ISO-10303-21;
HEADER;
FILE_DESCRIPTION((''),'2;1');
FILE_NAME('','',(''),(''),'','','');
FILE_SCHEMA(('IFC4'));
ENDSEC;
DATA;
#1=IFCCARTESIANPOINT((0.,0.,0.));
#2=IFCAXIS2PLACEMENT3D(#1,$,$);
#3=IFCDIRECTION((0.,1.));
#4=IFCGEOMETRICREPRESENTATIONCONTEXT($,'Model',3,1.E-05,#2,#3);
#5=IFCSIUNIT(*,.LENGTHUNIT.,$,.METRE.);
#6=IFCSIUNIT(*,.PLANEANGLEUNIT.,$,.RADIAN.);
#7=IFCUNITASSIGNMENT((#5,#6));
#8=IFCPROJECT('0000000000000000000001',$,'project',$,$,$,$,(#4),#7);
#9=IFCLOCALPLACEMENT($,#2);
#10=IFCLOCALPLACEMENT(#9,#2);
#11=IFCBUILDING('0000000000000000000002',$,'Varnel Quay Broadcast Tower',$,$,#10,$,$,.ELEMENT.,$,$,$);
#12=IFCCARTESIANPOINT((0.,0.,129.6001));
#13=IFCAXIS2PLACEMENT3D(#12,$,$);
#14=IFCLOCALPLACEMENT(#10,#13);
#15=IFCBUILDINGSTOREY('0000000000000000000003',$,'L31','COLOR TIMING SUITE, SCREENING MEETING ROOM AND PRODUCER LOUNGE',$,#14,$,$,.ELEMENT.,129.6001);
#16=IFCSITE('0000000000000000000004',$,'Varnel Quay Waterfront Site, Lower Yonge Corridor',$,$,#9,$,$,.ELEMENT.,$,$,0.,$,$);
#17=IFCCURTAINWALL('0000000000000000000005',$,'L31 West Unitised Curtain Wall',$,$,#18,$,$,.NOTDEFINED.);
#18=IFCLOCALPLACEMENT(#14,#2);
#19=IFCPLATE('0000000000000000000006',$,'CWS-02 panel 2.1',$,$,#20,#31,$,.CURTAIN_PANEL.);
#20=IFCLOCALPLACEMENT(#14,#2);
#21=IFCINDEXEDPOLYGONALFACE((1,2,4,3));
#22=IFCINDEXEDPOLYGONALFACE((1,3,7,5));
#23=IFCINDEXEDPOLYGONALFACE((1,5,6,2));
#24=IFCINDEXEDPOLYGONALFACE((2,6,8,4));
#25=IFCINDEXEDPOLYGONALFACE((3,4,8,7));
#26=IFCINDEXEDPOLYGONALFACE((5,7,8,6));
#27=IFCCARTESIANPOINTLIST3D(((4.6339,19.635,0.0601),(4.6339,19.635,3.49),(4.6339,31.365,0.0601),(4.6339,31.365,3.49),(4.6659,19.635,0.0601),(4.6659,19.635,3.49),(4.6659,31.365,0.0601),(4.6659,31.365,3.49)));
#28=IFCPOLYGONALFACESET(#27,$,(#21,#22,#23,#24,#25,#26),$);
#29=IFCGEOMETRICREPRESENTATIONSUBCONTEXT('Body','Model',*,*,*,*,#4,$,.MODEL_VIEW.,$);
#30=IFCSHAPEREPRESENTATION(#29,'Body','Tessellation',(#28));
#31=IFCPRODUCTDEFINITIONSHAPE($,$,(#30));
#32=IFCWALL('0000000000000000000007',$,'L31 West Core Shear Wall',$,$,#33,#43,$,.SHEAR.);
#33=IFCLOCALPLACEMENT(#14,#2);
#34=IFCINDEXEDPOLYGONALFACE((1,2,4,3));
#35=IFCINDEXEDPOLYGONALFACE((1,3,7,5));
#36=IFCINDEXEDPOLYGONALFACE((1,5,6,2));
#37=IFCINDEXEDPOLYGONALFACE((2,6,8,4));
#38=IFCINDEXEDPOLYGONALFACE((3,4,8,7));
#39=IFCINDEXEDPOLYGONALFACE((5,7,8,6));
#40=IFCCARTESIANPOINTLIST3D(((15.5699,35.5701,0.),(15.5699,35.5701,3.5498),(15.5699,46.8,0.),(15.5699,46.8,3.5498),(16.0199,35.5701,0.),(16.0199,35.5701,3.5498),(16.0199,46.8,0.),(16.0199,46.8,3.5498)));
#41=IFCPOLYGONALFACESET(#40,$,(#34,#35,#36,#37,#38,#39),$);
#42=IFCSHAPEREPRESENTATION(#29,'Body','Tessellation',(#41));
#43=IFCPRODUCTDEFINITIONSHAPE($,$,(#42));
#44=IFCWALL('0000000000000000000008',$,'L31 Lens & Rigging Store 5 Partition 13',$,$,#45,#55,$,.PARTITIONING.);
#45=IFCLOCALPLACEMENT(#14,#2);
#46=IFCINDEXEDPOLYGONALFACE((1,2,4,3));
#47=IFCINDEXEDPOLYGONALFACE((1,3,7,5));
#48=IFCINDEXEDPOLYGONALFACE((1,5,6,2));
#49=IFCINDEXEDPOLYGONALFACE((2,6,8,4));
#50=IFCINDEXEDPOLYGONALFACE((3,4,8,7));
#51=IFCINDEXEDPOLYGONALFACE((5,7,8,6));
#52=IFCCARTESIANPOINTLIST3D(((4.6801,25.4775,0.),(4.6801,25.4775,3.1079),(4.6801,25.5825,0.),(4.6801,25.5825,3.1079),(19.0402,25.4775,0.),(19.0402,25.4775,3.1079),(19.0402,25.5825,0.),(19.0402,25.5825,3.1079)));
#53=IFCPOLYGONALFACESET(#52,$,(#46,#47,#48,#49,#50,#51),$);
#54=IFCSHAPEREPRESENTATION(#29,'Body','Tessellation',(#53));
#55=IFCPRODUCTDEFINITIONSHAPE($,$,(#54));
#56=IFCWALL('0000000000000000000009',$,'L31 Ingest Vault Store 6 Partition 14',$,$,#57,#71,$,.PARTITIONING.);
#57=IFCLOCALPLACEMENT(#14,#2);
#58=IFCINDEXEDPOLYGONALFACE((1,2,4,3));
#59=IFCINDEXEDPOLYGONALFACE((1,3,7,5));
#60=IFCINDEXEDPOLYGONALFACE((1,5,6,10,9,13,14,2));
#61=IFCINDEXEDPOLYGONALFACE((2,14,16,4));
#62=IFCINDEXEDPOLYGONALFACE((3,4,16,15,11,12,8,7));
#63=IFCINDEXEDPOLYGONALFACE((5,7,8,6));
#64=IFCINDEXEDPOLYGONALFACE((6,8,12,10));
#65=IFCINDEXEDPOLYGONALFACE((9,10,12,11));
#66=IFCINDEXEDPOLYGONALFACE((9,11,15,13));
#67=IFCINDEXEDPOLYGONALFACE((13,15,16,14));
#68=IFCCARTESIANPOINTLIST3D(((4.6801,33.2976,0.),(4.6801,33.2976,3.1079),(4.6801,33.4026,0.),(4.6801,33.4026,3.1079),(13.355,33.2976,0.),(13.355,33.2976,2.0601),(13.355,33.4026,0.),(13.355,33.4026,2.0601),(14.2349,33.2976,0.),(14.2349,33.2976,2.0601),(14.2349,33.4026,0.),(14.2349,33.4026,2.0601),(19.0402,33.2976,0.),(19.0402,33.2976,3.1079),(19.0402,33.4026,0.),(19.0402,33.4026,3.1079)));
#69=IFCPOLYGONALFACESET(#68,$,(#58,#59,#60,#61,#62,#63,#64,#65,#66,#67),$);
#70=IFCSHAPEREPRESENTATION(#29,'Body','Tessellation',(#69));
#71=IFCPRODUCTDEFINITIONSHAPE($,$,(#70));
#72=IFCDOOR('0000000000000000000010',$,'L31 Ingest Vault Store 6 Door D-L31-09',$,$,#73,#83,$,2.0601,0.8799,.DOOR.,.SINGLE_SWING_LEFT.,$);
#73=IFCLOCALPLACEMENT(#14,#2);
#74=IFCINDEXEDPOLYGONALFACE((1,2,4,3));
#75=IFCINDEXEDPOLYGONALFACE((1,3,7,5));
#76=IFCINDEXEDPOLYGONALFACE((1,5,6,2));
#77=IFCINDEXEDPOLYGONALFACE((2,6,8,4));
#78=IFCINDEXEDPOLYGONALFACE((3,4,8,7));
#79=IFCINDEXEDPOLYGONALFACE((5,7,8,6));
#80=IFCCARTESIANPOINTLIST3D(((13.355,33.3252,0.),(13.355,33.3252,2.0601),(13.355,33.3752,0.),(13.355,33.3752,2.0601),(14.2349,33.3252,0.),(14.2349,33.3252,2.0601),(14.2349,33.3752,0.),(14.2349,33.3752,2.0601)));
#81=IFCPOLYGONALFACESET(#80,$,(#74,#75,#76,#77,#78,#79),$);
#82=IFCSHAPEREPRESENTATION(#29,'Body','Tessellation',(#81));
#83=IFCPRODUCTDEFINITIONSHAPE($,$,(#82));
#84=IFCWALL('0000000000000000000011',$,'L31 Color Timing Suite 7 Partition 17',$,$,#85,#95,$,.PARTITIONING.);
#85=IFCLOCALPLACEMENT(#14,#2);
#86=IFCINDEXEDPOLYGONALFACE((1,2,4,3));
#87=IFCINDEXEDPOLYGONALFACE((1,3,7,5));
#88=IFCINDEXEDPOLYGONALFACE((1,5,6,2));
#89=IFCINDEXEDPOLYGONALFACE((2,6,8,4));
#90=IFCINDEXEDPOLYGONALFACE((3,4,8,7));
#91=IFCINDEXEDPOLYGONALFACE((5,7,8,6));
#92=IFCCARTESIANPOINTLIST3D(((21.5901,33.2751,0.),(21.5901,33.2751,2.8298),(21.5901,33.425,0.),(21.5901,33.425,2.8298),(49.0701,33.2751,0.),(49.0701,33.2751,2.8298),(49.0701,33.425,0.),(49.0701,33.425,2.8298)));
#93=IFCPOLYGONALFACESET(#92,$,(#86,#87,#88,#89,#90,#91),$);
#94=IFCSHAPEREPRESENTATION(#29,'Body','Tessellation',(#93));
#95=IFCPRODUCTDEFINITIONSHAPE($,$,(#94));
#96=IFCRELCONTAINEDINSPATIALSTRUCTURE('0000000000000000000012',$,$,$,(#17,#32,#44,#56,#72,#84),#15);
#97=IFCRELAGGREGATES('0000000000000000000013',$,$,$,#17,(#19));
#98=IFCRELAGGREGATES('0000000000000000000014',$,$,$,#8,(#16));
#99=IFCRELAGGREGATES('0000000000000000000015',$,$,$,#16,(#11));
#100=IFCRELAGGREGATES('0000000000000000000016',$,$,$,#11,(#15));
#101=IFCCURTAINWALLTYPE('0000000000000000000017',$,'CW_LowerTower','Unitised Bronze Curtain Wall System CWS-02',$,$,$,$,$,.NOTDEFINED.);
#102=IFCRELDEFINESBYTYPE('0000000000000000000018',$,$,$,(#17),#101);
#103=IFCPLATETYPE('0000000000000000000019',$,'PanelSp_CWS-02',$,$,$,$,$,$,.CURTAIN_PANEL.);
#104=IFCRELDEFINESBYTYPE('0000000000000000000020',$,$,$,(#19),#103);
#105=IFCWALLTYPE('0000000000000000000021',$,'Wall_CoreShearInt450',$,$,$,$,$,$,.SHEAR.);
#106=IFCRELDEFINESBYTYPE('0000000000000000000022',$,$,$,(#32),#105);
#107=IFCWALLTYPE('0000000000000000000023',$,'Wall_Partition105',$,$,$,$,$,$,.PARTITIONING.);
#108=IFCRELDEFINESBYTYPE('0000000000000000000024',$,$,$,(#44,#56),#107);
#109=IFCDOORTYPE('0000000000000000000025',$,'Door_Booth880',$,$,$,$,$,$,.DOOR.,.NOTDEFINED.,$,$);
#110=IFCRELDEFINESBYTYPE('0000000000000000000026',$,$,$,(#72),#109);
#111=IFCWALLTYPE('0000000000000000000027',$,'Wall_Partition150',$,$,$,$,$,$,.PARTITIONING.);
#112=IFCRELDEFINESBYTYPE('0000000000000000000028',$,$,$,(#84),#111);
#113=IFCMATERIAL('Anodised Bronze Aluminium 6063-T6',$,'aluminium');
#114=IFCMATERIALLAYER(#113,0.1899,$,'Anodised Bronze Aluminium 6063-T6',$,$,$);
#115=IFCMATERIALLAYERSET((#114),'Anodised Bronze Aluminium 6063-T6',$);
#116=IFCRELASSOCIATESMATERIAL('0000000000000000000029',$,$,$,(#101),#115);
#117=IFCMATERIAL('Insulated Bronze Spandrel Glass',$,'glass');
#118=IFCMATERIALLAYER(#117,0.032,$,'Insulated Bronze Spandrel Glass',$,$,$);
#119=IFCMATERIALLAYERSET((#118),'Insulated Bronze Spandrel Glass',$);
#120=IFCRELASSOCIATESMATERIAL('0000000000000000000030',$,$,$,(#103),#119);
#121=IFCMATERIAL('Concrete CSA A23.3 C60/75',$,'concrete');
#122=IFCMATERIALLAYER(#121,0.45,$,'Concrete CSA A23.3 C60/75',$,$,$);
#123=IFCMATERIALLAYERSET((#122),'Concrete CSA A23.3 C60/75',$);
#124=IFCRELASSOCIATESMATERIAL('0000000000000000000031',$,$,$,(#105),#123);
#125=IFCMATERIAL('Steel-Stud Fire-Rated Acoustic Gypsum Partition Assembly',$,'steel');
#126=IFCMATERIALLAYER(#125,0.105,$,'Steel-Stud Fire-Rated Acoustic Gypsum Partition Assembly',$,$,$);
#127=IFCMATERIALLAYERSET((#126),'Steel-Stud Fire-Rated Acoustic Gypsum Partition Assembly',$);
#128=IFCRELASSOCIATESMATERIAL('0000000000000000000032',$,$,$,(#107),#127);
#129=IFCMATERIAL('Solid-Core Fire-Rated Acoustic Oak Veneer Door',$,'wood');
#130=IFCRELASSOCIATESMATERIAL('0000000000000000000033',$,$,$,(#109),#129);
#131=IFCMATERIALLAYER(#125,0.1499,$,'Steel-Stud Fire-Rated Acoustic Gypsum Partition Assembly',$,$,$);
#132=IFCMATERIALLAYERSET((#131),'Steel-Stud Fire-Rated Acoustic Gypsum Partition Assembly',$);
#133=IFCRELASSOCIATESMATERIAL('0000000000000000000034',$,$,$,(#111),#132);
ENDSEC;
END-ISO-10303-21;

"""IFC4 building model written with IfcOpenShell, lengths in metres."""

from ifc_helpers import new_model, si_unit, direction, frame, frame_2d, origin, origin_2d, place, context, subcontext, project, spatial, rectangle, extrude, source, transform, mapped, material, layer, layer_set, type_object, type_shapes, element, fill, aggregate, save


model = new_model("IFC4")

# Units and contexts
model_context = context("Model", 3, precision=1e-05, world=origin(), true_north=direction((0.0, 1.0)))
body_context = subcontext(model_context, "Body", "Model", "MODEL_VIEW")
ifc_project = project(units=[si_unit("LENGTHUNIT", "METRE"), si_unit("PLANEANGLEUNIT", "RADIAN")], contexts=[model_context])

# Site, building, storey
site_placement = place(None, origin())
site = spatial("IfcSite", under=ifc_project, at=site_placement, Name="Varnel Quay Waterfront Site, Lower Yonge Corridor", CompositionType="ELEMENT", RefElevation=0.0)
building_placement = place(site_placement, origin())
building = spatial("IfcBuilding", under=site, at=building_placement, Name="Varnel Quay Broadcast Tower", CompositionType="ELEMENT")
storey_placement = place(building_placement, frame((0.0, 0.0, 129.6001)))
storey = spatial("IfcBuildingStorey", under=building, at=storey_placement, Name="L31", Description="COLOR TIMING SUITE, SCREENING MEETING ROOM AND PRODUCER LOUNGE", CompositionType="ELEMENT", Elevation=129.6001)

# Shared definitions
ifc_material_1 = material(Name="Concrete CSA A23.3 C60/75", Category="concrete")

# Curtain wall
ifc_material_2 = material(Name="Anodised Bronze Aluminium 6063-T6", Category="aluminium")
ifc_layer_1 = layer(ifc_material_2, 0.1899, Name="Anodised Bronze Aluminium 6063-T6")
ifc_layer_set_1 = layer_set([ifc_layer_1], Name="Anodised Bronze Aluminium 6063-T6")
curtain_wall_type = type_object("IfcCurtainWallType", Name="CW_LowerTower", Description="Unitised Bronze Curtain Wall System CWS-02", PredefinedType="NOTDEFINED", material=ifc_layer_set_1)
curtain_wall_placement = place(storey_placement, origin())
curtain_wall = element("IfcCurtainWall", 1, at=curtain_wall_placement, inside=storey, type_object=curtain_wall_type, Name="L31 West Unitised Curtain Wall", PredefinedType="NOTDEFINED")

# Plate
ifc_material_3 = material(Name="Insulated Bronze Spandrel Glass", Category="glass")
ifc_layer_2 = layer(ifc_material_3, 0.032, Name="Insulated Bronze Spandrel Glass")
ifc_layer_set_2 = layer_set([ifc_layer_2], Name="Insulated Bronze Spandrel Glass")
plate_type_1 = type_object("IfcPlateType", Name="PanelSp_CWS-02", PredefinedType="CURTAIN_PANEL", material=ifc_layer_set_2)
shared_shape_1 = source(origin(), body_context, "Body", "SweptSolid", [
    extrude(rectangle(XDim=11.73, YDim=0.032, at=origin_2d()), origin(), (0.0, 0.0, 1.0), 3.4299),
])
type_shapes(plate_type_1, [shared_shape_1])
plate_1_placement = place(storey_placement, frame((4.6499, 25.5, 0.0601), z_axis=(0.0, 0.0, 1.0), x_axis=(0.0, 1.0, 0.0)))
plate_1 = element("IfcPlate", 2, at=plate_1_placement, type_object=plate_type_1, Name="CWS-02 panel 2.1", PredefinedType="CURTAIN_PANEL", context=body_context, shape_type="MappedRepresentation", body=[
    mapped(shared_shape_1, transform((0.0, 0.0, 0.0), x_axis=(1.0, 0.0, 0.0), y_axis=(0.0, 1.0, 0.0), z_axis=(0.0, 0.0, 1.0), scale=1.0)),
])
aggregate(curtain_wall, [plate_1])

# Walls
ifc_layer_3 = layer(ifc_material_1, 0.45, Name="Concrete CSA A23.3 C60/75")
ifc_layer_set_3 = layer_set([ifc_layer_3], Name="Concrete CSA A23.3 C60/75")
wall_type_1 = type_object("IfcWallType", Name="Wall_CoreShearInt450", PredefinedType="SHEAR", material=ifc_layer_set_3)
wall_1_placement = place(storey_placement, frame((15.7949, 35.5701, 0.0), z_axis=(0.0, 0.0, 1.0), x_axis=(0.0, 1.0, 0.0)))
element("IfcWall", 3, at=wall_1_placement, inside=storey, type_object=wall_type_1, Name="L31 West Core Shear Wall", PredefinedType="SHEAR", context=body_context, shape_type="SweptSolid", body=[
    extrude(rectangle(XDim=11.23, YDim=0.45, at=frame_2d((5.615, 0.0))), origin(), (0.0, 0.0, 1.0), 3.5498),
])
ifc_material_4 = material(Name="Steel-Stud Fire-Rated Acoustic Gypsum Partition Assembly", Category="steel")
ifc_layer_4 = layer(ifc_material_4, 0.105, Name="Steel-Stud Fire-Rated Acoustic Gypsum Partition Assembly")
ifc_layer_set_4 = layer_set([ifc_layer_4], Name="Steel-Stud Fire-Rated Acoustic Gypsum Partition Assembly")
wall_type_2 = type_object("IfcWallType", Name="Wall_Partition105", PredefinedType="PARTITIONING", material=ifc_layer_set_4)
wall_2_placement = place(storey_placement, frame((4.6799, 25.53, 0.0), z_axis=(0.0, 0.0, 1.0), x_axis=(1.0, 0.0, 0.0)))
element("IfcWall", 4, at=wall_2_placement, inside=storey, type_object=wall_type_2, Name="L31 Lens & Rigging Store 5 Partition 13", PredefinedType="PARTITIONING", context=body_context, shape_type="SweptSolid", body=[
    extrude(rectangle(XDim=14.3601, YDim=0.105, at=frame_2d((7.1802, 0.0))), origin(), (0.0, 0.0, 1.0), 3.1079),
])

# Wall, opening, door
wall_3_placement = place(storey_placement, frame((4.6799, 33.3501, 0.0), z_axis=(0.0, 0.0, 1.0), x_axis=(1.0, 0.0, 0.0)))
wall_3 = element("IfcWall", 5, at=wall_3_placement, inside=storey, type_object=wall_type_2, Name="L31 Ingest Vault Store 6 Partition 14", PredefinedType="PARTITIONING", context=body_context, shape_type="SweptSolid", body=[
    extrude(rectangle(XDim=14.3601, YDim=0.105, at=frame_2d((7.1802, 0.0))), origin(), (0.0, 0.0, 1.0), 3.1079),
])
opening_placement = place(wall_3_placement, frame((8.675, 0.0, 0.0)))
opening = element("IfcOpeningElement", 6, at=opening_placement, cuts=wall_3, PredefinedType="OPENING", context=body_context, shape_type="SweptSolid", body=[
    extrude(rectangle(XDim=0.8799, YDim=2.0601, at=frame_2d((0.4399, 1.03))), frame((0.0, 0.0625, 0.0), z_axis=(0.0, -1.0, 0.0), x_axis=(1.0, 0.0, 0.0)), (0.0, 0.0, 1.0), 0.125),
])
ifc_material_5 = material(Name="Solid-Core Fire-Rated Acoustic Oak Veneer Door", Category="wood")
door_type = type_object("IfcDoorType", Name="Door_Booth880", OperationType="NOTDEFINED", PredefinedType="DOOR", material=ifc_material_5)
shared_shape_2 = source(origin(), body_context, "Body", "SweptSolid", [
    extrude(rectangle(XDim=0.8799, YDim=2.0601, at=frame_2d((0.4399, 1.03))), frame((0.0, 0.0249, 0.0), z_axis=(0.0, -1.0, 0.0), x_axis=(1.0, 0.0, 0.0)), (0.0, 0.0, 1.0), 0.05),
])
type_shapes(door_type, [shared_shape_2])
door_placement = place(opening_placement, frame((0.8799, 0.0, 0.0), z_axis=(0.0, 0.0, 1.0), x_axis=(-1.0, 0.0, 0.0)))
door = element("IfcDoor", 7, at=door_placement, inside=storey, type_object=door_type, Name="L31 Ingest Vault Store 6 Door D-L31-09", OperationType="SINGLE_SWING_LEFT", OverallHeight=2.0601, OverallWidth=0.8799, PredefinedType="DOOR", context=body_context, shape_type="MappedRepresentation", body=[
    mapped(shared_shape_2, transform((0.0, 0.0, 0.0), x_axis=(1.0, 0.0, 0.0), y_axis=(0.0, 1.0, 0.0), z_axis=(0.0, 0.0, 1.0), scale=1.0)),
])
fill(opening, door)

# Wall
ifc_layer_5 = layer(ifc_material_4, 0.1499, Name="Steel-Stud Fire-Rated Acoustic Gypsum Partition Assembly")
ifc_layer_set_5 = layer_set([ifc_layer_5], Name="Steel-Stud Fire-Rated Acoustic Gypsum Partition Assembly")
wall_type_3 = type_object("IfcWallType", Name="Wall_Partition150", PredefinedType="PARTITIONING", material=ifc_layer_set_5)
wall_4_placement = place(storey_placement, frame((21.5901, 33.3501, 0.0), z_axis=(0.0, 0.0, 1.0), x_axis=(1.0, 0.0, 0.0)))
element("IfcWall", 8, at=wall_4_placement, inside=storey, type_object=wall_type_3, Name="L31 Color Timing Suite 7 Partition 17", PredefinedType="PARTITIONING", context=body_context, shape_type="SweptSolid", body=[
    extrude(rectangle(XDim=27.48, YDim=0.1499, at=frame_2d((13.74, 0.0))), origin(), (0.0, 0.0, 1.0), 2.8298),
])

save(model, "model.ifc")
